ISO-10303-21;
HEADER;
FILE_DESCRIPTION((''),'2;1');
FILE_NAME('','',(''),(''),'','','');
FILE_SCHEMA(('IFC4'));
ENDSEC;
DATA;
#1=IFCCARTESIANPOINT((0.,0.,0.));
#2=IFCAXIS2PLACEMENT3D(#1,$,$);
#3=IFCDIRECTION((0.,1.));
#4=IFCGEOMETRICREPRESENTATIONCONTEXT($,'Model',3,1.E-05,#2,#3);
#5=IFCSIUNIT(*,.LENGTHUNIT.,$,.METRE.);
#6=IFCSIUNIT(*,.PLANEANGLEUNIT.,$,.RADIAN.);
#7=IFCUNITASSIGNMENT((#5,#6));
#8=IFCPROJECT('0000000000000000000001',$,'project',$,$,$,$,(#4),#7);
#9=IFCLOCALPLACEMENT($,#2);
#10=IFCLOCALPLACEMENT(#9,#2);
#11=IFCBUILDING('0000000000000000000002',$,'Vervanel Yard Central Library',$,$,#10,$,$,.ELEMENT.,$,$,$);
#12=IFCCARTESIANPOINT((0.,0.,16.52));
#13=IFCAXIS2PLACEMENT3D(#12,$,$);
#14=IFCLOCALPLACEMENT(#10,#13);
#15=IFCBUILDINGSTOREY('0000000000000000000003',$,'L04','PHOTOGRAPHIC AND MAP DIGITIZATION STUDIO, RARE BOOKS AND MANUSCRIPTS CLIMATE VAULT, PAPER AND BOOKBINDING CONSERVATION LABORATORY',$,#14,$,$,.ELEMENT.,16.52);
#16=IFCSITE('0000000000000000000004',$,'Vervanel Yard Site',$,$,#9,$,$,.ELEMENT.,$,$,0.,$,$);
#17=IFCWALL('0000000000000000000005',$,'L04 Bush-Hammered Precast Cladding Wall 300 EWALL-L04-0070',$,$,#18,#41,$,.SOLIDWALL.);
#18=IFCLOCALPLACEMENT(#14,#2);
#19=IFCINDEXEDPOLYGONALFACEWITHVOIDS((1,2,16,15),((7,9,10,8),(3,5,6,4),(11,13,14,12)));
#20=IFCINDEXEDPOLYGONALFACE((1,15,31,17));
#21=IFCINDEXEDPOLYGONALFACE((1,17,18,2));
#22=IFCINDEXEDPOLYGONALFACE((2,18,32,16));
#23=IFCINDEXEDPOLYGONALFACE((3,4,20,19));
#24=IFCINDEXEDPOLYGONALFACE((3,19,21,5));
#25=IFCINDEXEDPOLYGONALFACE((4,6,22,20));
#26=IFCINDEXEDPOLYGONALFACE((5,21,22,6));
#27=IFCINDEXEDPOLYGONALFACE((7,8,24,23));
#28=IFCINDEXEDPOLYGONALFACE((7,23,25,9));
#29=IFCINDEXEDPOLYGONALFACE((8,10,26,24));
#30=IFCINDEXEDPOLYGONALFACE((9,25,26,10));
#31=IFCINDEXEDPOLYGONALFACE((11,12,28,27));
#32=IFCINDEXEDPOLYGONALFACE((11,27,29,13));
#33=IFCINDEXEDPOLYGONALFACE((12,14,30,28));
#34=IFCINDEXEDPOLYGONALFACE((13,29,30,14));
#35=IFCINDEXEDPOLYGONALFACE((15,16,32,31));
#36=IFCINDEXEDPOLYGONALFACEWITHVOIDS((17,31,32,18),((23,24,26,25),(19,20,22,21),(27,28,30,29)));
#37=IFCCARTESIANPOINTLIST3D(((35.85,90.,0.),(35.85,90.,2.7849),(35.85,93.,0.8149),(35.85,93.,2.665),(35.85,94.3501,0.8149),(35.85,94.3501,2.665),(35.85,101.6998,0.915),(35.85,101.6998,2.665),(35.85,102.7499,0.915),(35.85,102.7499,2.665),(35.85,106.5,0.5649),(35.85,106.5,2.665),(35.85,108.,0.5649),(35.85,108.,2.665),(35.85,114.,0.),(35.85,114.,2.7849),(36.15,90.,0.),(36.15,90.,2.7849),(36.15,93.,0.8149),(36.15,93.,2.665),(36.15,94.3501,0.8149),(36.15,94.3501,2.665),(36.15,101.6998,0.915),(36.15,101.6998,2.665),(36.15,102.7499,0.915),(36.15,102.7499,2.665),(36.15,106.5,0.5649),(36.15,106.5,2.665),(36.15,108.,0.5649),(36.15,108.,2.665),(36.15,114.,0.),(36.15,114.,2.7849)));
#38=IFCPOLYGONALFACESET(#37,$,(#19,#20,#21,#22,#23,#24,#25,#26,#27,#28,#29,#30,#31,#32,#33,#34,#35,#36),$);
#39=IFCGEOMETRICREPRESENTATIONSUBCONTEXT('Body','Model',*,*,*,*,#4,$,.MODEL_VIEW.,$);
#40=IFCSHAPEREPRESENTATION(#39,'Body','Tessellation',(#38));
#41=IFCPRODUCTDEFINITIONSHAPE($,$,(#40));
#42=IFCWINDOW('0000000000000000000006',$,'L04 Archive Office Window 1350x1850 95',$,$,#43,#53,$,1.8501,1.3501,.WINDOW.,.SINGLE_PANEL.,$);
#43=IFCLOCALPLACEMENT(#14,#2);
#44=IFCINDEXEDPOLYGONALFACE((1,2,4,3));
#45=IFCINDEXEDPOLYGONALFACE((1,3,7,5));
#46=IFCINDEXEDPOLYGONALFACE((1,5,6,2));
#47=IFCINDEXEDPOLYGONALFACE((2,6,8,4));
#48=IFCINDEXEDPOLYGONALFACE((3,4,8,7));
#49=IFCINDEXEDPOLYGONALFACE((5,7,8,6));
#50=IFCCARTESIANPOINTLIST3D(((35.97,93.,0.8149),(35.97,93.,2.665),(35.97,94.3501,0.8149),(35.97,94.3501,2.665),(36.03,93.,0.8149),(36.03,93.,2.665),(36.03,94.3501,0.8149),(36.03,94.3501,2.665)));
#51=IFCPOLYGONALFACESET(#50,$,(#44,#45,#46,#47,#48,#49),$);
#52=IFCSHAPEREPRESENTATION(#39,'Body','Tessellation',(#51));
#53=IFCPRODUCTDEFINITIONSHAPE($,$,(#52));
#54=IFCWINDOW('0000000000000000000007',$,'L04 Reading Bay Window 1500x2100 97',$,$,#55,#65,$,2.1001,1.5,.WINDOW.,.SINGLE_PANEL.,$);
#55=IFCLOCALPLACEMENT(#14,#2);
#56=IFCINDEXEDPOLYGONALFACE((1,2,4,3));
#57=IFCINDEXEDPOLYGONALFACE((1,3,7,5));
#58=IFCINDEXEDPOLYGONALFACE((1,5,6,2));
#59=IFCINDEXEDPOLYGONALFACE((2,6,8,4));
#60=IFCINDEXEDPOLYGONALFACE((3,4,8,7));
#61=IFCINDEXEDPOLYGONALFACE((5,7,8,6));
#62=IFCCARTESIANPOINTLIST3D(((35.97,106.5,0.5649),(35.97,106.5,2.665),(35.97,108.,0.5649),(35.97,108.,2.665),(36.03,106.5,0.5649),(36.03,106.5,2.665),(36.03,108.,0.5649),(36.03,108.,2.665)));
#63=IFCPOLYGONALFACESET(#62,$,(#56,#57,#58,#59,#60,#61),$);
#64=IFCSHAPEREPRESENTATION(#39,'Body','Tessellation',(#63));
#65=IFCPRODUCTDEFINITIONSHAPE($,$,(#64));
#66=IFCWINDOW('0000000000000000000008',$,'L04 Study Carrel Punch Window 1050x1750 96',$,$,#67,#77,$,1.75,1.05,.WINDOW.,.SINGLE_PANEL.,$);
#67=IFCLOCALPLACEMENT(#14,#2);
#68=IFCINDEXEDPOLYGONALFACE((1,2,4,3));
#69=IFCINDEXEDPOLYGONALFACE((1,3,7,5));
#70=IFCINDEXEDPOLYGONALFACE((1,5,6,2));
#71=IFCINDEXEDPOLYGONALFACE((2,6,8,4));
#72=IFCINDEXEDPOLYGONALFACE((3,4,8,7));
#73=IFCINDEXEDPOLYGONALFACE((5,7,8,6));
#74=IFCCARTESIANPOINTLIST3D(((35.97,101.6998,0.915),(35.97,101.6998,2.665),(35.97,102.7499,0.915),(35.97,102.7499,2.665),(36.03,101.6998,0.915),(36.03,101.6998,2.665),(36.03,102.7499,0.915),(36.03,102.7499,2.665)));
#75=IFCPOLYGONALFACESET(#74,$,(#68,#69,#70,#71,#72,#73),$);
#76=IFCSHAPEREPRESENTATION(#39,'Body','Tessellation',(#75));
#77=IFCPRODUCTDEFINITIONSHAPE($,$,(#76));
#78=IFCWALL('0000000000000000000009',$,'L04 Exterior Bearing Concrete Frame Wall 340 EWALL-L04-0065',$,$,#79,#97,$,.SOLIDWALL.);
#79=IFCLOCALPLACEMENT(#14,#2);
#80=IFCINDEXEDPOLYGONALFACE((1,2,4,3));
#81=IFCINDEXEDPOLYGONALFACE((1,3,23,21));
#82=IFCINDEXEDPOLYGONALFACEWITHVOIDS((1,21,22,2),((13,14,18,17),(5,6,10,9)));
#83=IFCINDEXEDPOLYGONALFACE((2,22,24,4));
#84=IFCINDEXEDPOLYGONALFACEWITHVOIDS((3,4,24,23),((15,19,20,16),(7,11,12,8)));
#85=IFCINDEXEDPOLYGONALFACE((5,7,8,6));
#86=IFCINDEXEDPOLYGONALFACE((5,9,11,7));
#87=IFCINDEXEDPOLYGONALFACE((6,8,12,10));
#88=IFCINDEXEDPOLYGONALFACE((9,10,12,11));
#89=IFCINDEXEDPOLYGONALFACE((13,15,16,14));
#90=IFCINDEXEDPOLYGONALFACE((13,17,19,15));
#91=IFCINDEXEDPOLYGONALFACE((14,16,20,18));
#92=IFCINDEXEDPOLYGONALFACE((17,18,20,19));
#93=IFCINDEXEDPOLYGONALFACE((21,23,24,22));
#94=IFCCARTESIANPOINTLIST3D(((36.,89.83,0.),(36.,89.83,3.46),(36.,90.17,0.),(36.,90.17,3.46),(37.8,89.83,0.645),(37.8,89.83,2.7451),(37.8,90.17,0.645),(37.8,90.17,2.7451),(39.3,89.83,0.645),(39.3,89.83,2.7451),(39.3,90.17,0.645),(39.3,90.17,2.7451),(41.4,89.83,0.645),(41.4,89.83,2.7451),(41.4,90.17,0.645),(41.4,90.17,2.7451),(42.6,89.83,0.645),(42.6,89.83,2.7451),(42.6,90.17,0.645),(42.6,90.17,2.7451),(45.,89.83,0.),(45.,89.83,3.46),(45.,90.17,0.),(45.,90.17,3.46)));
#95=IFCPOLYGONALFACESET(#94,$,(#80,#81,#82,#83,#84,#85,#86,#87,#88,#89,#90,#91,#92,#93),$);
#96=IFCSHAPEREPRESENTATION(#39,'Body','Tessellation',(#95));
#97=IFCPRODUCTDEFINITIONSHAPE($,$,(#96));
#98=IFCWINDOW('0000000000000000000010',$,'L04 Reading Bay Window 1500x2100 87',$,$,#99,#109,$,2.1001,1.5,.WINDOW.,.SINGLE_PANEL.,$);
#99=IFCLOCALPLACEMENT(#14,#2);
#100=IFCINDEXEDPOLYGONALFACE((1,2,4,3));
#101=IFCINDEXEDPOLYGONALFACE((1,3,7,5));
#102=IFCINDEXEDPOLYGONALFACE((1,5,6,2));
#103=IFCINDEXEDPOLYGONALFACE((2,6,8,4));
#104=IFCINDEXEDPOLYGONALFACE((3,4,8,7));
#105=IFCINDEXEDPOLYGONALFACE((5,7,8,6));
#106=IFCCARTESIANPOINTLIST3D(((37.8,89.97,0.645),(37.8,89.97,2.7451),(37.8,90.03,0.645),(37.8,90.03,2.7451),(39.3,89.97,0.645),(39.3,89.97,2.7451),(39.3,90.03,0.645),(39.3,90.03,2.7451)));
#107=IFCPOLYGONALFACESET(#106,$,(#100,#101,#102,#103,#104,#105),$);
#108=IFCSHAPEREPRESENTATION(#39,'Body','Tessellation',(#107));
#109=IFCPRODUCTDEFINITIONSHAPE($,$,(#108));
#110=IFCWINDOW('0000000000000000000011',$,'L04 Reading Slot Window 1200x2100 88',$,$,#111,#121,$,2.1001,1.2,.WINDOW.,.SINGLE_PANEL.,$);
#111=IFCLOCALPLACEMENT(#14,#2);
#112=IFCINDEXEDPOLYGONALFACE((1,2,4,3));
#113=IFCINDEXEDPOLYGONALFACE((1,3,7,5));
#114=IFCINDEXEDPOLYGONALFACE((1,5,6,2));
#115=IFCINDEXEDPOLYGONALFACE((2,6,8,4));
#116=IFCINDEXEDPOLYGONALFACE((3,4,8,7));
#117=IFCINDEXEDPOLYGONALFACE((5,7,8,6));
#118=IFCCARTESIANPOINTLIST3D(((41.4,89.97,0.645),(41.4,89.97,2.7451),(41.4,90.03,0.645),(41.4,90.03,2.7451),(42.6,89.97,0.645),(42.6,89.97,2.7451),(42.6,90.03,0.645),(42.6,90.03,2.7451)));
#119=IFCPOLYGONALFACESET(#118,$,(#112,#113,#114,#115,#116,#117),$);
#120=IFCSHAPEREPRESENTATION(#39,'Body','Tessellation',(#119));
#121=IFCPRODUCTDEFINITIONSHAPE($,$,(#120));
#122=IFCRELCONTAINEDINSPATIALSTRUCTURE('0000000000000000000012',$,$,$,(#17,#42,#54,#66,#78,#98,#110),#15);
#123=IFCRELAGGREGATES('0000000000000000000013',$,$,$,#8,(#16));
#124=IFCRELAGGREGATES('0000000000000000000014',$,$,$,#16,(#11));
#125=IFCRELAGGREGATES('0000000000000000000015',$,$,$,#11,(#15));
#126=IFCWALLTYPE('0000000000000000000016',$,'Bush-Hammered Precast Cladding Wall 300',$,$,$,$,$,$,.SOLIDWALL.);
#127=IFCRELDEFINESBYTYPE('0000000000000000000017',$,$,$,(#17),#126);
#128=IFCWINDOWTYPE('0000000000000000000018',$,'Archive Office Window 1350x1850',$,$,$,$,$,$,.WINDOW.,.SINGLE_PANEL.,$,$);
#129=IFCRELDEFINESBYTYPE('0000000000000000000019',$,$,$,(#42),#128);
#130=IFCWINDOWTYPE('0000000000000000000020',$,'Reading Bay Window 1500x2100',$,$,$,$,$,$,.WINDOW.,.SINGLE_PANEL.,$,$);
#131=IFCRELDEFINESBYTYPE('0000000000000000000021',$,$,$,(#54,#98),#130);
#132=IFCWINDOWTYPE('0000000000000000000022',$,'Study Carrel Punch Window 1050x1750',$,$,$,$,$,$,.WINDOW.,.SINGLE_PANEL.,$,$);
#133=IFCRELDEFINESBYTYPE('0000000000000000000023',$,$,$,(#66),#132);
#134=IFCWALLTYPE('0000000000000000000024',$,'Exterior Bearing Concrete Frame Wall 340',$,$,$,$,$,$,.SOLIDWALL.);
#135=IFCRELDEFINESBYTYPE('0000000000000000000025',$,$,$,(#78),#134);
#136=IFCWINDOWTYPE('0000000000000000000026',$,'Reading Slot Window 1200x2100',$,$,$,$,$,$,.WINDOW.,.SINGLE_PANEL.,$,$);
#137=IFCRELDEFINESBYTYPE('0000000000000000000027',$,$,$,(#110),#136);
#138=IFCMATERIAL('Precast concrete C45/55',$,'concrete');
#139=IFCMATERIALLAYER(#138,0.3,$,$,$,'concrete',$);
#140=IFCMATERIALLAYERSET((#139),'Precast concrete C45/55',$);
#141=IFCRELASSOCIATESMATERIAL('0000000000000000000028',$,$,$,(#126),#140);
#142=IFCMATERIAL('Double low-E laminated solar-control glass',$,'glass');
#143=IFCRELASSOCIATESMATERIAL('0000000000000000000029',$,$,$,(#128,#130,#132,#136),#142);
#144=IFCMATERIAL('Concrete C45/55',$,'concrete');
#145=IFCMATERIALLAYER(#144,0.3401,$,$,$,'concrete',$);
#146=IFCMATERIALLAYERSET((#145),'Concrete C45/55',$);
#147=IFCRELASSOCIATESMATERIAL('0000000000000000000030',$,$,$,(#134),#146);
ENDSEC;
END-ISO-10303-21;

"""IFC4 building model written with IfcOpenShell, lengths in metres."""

from ifc_helpers import new_model, si_unit, direction, frame, frame_2d, origin, place, context, subcontext, project, spatial, rectangle, extrude, material, layer, layer_set, type_object, element, fill, save


model = new_model("IFC4")

# Units and contexts
model_context = context("Model", 3, precision=1e-05, world=origin(), true_north=direction((0.0, 1.0)))
body_context = subcontext(model_context, "Body", "Model", "MODEL_VIEW")
ifc_project = project(units=[si_unit("LENGTHUNIT", "METRE"), si_unit("PLANEANGLEUNIT", "RADIAN")], contexts=[model_context])

# Site, building, storey
site_placement = place(None, origin())
site = spatial("IfcSite", under=ifc_project, at=site_placement, Name="Vervanel Yard Site", CompositionType="ELEMENT", RefElevation=0.0)
building_placement = place(site_placement, origin())
building = spatial("IfcBuilding", under=site, at=building_placement, Name="Vervanel Yard Central Library", CompositionType="ELEMENT")
storey_placement = place(building_placement, frame((0.0, 0.0, 16.52)))
storey = spatial("IfcBuildingStorey", under=building, at=storey_placement, Name="L04", Description="PHOTOGRAPHIC AND MAP DIGITIZATION STUDIO, RARE BOOKS AND MANUSCRIPTS CLIMATE VAULT, PAPER AND BOOKBINDING CONSERVATION LABORATORY", CompositionType="ELEMENT", Elevation=16.52)

# Shared definitions
ifc_material_1 = material(Name="Concrete C45/55", Category="concrete")

# Walls, openings, windows
ifc_material_2 = material(Name="Precast concrete C45/55", Category="concrete")
ifc_layer_1 = layer(ifc_material_2, 0.3, Category="concrete")
ifc_layer_set_1 = layer_set([ifc_layer_1], Name="Precast concrete C45/55")
wall_type_1 = type_object("IfcWallType", Name="Bush-Hammered Precast Cladding Wall 300", PredefinedType="SOLIDWALL", material=ifc_layer_set_1)
wall_1_placement = place(storey_placement, frame((36.0, 90.0, 0.0), z_axis=(0.0, 0.0, 1.0), x_axis=(0.0, 1.0, 0.0)))
wall_1 = element("IfcWall", 1, at=wall_1_placement, inside=storey, type_object=wall_type_1, Name="L04 Bush-Hammered Precast Cladding Wall 300 EWALL-L04-0070", PredefinedType="SOLIDWALL", context=body_context, shape_type="SweptSolid", body=[
    extrude(rectangle(XDim=24.0, YDim=0.3, at=frame_2d((12.0, 0.0))), origin(), (0.0, 0.0, 1.0), 2.7849),
])
opening_1_placement = place(wall_1_placement, frame((3.0, 0.0, 0.8149)))
opening_1 = element("IfcOpeningElement", 2, at=opening_1_placement, cuts=wall_1, PredefinedType="OPENING", context=body_context, shape_type="SweptSolid", body=[
    extrude(rectangle(XDim=1.3501, YDim=1.8501, at=frame_2d((0.675, 0.925))), frame((0.0, 0.1599, 0.0), z_axis=(0.0, -1.0, 0.0), x_axis=(1.0, 0.0, 0.0)), (0.0, 0.0, 1.0), 0.3201),
])
opening_2_placement = place(wall_1_placement, frame((11.7, 0.0, 0.915)))
opening_2 = element("IfcOpeningElement", 3, at=opening_2_placement, cuts=wall_1, PredefinedType="OPENING", context=body_context, shape_type="SweptSolid", body=[
    extrude(rectangle(XDim=1.05, YDim=1.75, at=frame_2d((0.5249, 0.875))), frame((0.0, 0.1599, 0.0), z_axis=(0.0, -1.0, 0.0), x_axis=(1.0, 0.0, 0.0)), (0.0, 0.0, 1.0), 0.3201),
])
opening_3_placement = place(wall_1_placement, frame((16.5, 0.0, 0.5649)))
opening_3 = element("IfcOpeningElement", 4, at=opening_3_placement, cuts=wall_1, PredefinedType="OPENING", context=body_context, shape_type="SweptSolid", body=[
    extrude(rectangle(XDim=1.5, YDim=2.1001, at=frame_2d((0.75, 1.05))), frame((0.0, 0.1599, 0.0), z_axis=(0.0, -1.0, 0.0), x_axis=(1.0, 0.0, 0.0)), (0.0, 0.0, 1.0), 0.3201),
])
ifc_material_3 = material(Name="Double low-E laminated solar-control glass", Category="glass")
window_type_1 = type_object("IfcWindowType", Name="Archive Office Window 1350x1850", PartitioningType="SINGLE_PANEL", PredefinedType="WINDOW", material=ifc_material_3)
window_1_placement = place(opening_1_placement, origin())
window_1 = element("IfcWindow", 5, at=window_1_placement, inside=storey, type_object=window_type_1, Name="L04 Archive Office Window 1350x1850 95", OverallHeight=1.8501, OverallWidth=1.3501, PartitioningType="SINGLE_PANEL", PredefinedType="WINDOW", context=body_context, shape_type="SweptSolid", body=[
    extrude(rectangle(XDim=1.3501, YDim=1.8501, at=frame_2d((0.675, 0.925))), frame((0.0, 0.03, 0.0), z_axis=(0.0, -1.0, 0.0), x_axis=(1.0, 0.0, 0.0)), (0.0, 0.0, 1.0), 0.0601),
])
fill(opening_1, window_1)
window_type_2 = type_object("IfcWindowType", Name="Reading Bay Window 1500x2100", PartitioningType="SINGLE_PANEL", PredefinedType="WINDOW", material=ifc_material_3)
window_2_placement = place(opening_3_placement, origin())
window_2 = element("IfcWindow", 6, at=window_2_placement, inside=storey, type_object=window_type_2, Name="L04 Reading Bay Window 1500x2100 97", OverallHeight=2.1001, OverallWidth=1.5, PartitioningType="SINGLE_PANEL", PredefinedType="WINDOW", context=body_context, shape_type="SweptSolid", body=[
    extrude(rectangle(XDim=1.5, YDim=2.1001, at=frame_2d((0.75, 1.05))), frame((0.0, 0.03, 0.0), z_axis=(0.0, -1.0, 0.0), x_axis=(1.0, 0.0, 0.0)), (0.0, 0.0, 1.0), 0.0601),
])
fill(opening_3, window_2)
window_type_3 = type_object("IfcWindowType", Name="Study Carrel Punch Window 1050x1750", PartitioningType="SINGLE_PANEL", PredefinedType="WINDOW", material=ifc_material_3)
window_3_placement = place(opening_2_placement, origin())
window_3 = element("IfcWindow", 7, at=window_3_placement, inside=storey, type_object=window_type_3, Name="L04 Study Carrel Punch Window 1050x1750 96", OverallHeight=1.75, OverallWidth=1.05, PartitioningType="SINGLE_PANEL", PredefinedType="WINDOW", context=body_context, shape_type="SweptSolid", body=[
    extrude(rectangle(XDim=1.05, YDim=1.75, at=frame_2d((0.5249, 0.875))), frame((0.0, 0.03, 0.0), z_axis=(0.0, -1.0, 0.0), x_axis=(1.0, 0.0, 0.0)), (0.0, 0.0, 1.0), 0.0601),
])
fill(opening_2, window_3)
ifc_layer_2 = layer(ifc_material_1, 0.3401, Category="concrete")
ifc_layer_set_2 = layer_set([ifc_layer_2], Name="Concrete C45/55")
wall_type_2 = type_object("IfcWallType", Name="Exterior Bearing Concrete Frame Wall 340", PredefinedType="SOLIDWALL", material=ifc_layer_set_2)
wall_2_placement = place(storey_placement, frame((36.0, 90.0, 0.0), z_axis=(0.0, 0.0, 1.0), x_axis=(1.0, 0.0, 0.0)))
wall_2 = element("IfcWall", 8, at=wall_2_placement, inside=storey, type_object=wall_type_2, Name="L04 Exterior Bearing Concrete Frame Wall 340 EWALL-L04-0065", PredefinedType="SOLIDWALL", context=body_context, shape_type="SweptSolid", body=[
    extrude(rectangle(XDim=9.0, YDim=0.3401, at=frame_2d((4.5, 0.0))), origin(), (0.0, 0.0, 1.0), 3.46),
])
opening_4_placement = place(wall_2_placement, frame((1.8, 0.0, 0.645)))
opening_4 = element("IfcOpeningElement", 9, at=opening_4_placement, cuts=wall_2, PredefinedType="OPENING", context=body_context, shape_type="SweptSolid", body=[
    extrude(rectangle(XDim=1.5, YDim=2.1001, at=frame_2d((0.75, 1.05))), frame((0.0, 0.1799, 0.0), z_axis=(0.0, -1.0, 0.0), x_axis=(1.0, 0.0, 0.0)), (0.0, 0.0, 1.0), 0.3601),
])
opening_5_placement = place(wall_2_placement, frame((5.3999, 0.0, 0.645)))
opening_5 = element("IfcOpeningElement", 10, at=opening_5_placement, cuts=wall_2, PredefinedType="OPENING", context=body_context, shape_type="SweptSolid", body=[
    extrude(rectangle(XDim=1.2, YDim=2.1001, at=frame_2d((0.6001, 1.05))), frame((0.0, 0.1799, 0.0), z_axis=(0.0, -1.0, 0.0), x_axis=(1.0, 0.0, 0.0)), (0.0, 0.0, 1.0), 0.3601),
])
window_4_placement = place(opening_4_placement, origin())
window_4 = element("IfcWindow", 11, at=window_4_placement, inside=storey, type_object=window_type_2, Name="L04 Reading Bay Window 1500x2100 87", OverallHeight=2.1001, OverallWidth=1.5, PartitioningType="SINGLE_PANEL", PredefinedType="WINDOW", context=body_context, shape_type="SweptSolid", body=[
    extrude(rectangle(XDim=1.5, YDim=2.1001, at=frame_2d((0.75, 1.05))), frame((0.0, 0.03, 0.0), z_axis=(0.0, -1.0, 0.0), x_axis=(1.0, 0.0, 0.0)), (0.0, 0.0, 1.0), 0.0601),
])
fill(opening_4, window_4)
window_type_4 = type_object("IfcWindowType", Name="Reading Slot Window 1200x2100", PartitioningType="SINGLE_PANEL", PredefinedType="WINDOW", material=ifc_material_3)
window_5_placement = place(opening_5_placement, origin())
window_5 = element("IfcWindow", 12, at=window_5_placement, inside=storey, type_object=window_type_4, Name="L04 Reading Slot Window 1200x2100 88", OverallHeight=2.1001, OverallWidth=1.2, PartitioningType="SINGLE_PANEL", PredefinedType="WINDOW", context=body_context, shape_type="SweptSolid", body=[
    extrude(rectangle(XDim=1.2, YDim=2.1001, at=frame_2d((0.6001, 1.05))), frame((0.0, 0.03, 0.0), z_axis=(0.0, -1.0, 0.0), x_axis=(1.0, 0.0, 0.0)), (0.0, 0.0, 1.0), 0.0601),
])
fill(opening_5, window_5)

save(model, "model.ifc")
